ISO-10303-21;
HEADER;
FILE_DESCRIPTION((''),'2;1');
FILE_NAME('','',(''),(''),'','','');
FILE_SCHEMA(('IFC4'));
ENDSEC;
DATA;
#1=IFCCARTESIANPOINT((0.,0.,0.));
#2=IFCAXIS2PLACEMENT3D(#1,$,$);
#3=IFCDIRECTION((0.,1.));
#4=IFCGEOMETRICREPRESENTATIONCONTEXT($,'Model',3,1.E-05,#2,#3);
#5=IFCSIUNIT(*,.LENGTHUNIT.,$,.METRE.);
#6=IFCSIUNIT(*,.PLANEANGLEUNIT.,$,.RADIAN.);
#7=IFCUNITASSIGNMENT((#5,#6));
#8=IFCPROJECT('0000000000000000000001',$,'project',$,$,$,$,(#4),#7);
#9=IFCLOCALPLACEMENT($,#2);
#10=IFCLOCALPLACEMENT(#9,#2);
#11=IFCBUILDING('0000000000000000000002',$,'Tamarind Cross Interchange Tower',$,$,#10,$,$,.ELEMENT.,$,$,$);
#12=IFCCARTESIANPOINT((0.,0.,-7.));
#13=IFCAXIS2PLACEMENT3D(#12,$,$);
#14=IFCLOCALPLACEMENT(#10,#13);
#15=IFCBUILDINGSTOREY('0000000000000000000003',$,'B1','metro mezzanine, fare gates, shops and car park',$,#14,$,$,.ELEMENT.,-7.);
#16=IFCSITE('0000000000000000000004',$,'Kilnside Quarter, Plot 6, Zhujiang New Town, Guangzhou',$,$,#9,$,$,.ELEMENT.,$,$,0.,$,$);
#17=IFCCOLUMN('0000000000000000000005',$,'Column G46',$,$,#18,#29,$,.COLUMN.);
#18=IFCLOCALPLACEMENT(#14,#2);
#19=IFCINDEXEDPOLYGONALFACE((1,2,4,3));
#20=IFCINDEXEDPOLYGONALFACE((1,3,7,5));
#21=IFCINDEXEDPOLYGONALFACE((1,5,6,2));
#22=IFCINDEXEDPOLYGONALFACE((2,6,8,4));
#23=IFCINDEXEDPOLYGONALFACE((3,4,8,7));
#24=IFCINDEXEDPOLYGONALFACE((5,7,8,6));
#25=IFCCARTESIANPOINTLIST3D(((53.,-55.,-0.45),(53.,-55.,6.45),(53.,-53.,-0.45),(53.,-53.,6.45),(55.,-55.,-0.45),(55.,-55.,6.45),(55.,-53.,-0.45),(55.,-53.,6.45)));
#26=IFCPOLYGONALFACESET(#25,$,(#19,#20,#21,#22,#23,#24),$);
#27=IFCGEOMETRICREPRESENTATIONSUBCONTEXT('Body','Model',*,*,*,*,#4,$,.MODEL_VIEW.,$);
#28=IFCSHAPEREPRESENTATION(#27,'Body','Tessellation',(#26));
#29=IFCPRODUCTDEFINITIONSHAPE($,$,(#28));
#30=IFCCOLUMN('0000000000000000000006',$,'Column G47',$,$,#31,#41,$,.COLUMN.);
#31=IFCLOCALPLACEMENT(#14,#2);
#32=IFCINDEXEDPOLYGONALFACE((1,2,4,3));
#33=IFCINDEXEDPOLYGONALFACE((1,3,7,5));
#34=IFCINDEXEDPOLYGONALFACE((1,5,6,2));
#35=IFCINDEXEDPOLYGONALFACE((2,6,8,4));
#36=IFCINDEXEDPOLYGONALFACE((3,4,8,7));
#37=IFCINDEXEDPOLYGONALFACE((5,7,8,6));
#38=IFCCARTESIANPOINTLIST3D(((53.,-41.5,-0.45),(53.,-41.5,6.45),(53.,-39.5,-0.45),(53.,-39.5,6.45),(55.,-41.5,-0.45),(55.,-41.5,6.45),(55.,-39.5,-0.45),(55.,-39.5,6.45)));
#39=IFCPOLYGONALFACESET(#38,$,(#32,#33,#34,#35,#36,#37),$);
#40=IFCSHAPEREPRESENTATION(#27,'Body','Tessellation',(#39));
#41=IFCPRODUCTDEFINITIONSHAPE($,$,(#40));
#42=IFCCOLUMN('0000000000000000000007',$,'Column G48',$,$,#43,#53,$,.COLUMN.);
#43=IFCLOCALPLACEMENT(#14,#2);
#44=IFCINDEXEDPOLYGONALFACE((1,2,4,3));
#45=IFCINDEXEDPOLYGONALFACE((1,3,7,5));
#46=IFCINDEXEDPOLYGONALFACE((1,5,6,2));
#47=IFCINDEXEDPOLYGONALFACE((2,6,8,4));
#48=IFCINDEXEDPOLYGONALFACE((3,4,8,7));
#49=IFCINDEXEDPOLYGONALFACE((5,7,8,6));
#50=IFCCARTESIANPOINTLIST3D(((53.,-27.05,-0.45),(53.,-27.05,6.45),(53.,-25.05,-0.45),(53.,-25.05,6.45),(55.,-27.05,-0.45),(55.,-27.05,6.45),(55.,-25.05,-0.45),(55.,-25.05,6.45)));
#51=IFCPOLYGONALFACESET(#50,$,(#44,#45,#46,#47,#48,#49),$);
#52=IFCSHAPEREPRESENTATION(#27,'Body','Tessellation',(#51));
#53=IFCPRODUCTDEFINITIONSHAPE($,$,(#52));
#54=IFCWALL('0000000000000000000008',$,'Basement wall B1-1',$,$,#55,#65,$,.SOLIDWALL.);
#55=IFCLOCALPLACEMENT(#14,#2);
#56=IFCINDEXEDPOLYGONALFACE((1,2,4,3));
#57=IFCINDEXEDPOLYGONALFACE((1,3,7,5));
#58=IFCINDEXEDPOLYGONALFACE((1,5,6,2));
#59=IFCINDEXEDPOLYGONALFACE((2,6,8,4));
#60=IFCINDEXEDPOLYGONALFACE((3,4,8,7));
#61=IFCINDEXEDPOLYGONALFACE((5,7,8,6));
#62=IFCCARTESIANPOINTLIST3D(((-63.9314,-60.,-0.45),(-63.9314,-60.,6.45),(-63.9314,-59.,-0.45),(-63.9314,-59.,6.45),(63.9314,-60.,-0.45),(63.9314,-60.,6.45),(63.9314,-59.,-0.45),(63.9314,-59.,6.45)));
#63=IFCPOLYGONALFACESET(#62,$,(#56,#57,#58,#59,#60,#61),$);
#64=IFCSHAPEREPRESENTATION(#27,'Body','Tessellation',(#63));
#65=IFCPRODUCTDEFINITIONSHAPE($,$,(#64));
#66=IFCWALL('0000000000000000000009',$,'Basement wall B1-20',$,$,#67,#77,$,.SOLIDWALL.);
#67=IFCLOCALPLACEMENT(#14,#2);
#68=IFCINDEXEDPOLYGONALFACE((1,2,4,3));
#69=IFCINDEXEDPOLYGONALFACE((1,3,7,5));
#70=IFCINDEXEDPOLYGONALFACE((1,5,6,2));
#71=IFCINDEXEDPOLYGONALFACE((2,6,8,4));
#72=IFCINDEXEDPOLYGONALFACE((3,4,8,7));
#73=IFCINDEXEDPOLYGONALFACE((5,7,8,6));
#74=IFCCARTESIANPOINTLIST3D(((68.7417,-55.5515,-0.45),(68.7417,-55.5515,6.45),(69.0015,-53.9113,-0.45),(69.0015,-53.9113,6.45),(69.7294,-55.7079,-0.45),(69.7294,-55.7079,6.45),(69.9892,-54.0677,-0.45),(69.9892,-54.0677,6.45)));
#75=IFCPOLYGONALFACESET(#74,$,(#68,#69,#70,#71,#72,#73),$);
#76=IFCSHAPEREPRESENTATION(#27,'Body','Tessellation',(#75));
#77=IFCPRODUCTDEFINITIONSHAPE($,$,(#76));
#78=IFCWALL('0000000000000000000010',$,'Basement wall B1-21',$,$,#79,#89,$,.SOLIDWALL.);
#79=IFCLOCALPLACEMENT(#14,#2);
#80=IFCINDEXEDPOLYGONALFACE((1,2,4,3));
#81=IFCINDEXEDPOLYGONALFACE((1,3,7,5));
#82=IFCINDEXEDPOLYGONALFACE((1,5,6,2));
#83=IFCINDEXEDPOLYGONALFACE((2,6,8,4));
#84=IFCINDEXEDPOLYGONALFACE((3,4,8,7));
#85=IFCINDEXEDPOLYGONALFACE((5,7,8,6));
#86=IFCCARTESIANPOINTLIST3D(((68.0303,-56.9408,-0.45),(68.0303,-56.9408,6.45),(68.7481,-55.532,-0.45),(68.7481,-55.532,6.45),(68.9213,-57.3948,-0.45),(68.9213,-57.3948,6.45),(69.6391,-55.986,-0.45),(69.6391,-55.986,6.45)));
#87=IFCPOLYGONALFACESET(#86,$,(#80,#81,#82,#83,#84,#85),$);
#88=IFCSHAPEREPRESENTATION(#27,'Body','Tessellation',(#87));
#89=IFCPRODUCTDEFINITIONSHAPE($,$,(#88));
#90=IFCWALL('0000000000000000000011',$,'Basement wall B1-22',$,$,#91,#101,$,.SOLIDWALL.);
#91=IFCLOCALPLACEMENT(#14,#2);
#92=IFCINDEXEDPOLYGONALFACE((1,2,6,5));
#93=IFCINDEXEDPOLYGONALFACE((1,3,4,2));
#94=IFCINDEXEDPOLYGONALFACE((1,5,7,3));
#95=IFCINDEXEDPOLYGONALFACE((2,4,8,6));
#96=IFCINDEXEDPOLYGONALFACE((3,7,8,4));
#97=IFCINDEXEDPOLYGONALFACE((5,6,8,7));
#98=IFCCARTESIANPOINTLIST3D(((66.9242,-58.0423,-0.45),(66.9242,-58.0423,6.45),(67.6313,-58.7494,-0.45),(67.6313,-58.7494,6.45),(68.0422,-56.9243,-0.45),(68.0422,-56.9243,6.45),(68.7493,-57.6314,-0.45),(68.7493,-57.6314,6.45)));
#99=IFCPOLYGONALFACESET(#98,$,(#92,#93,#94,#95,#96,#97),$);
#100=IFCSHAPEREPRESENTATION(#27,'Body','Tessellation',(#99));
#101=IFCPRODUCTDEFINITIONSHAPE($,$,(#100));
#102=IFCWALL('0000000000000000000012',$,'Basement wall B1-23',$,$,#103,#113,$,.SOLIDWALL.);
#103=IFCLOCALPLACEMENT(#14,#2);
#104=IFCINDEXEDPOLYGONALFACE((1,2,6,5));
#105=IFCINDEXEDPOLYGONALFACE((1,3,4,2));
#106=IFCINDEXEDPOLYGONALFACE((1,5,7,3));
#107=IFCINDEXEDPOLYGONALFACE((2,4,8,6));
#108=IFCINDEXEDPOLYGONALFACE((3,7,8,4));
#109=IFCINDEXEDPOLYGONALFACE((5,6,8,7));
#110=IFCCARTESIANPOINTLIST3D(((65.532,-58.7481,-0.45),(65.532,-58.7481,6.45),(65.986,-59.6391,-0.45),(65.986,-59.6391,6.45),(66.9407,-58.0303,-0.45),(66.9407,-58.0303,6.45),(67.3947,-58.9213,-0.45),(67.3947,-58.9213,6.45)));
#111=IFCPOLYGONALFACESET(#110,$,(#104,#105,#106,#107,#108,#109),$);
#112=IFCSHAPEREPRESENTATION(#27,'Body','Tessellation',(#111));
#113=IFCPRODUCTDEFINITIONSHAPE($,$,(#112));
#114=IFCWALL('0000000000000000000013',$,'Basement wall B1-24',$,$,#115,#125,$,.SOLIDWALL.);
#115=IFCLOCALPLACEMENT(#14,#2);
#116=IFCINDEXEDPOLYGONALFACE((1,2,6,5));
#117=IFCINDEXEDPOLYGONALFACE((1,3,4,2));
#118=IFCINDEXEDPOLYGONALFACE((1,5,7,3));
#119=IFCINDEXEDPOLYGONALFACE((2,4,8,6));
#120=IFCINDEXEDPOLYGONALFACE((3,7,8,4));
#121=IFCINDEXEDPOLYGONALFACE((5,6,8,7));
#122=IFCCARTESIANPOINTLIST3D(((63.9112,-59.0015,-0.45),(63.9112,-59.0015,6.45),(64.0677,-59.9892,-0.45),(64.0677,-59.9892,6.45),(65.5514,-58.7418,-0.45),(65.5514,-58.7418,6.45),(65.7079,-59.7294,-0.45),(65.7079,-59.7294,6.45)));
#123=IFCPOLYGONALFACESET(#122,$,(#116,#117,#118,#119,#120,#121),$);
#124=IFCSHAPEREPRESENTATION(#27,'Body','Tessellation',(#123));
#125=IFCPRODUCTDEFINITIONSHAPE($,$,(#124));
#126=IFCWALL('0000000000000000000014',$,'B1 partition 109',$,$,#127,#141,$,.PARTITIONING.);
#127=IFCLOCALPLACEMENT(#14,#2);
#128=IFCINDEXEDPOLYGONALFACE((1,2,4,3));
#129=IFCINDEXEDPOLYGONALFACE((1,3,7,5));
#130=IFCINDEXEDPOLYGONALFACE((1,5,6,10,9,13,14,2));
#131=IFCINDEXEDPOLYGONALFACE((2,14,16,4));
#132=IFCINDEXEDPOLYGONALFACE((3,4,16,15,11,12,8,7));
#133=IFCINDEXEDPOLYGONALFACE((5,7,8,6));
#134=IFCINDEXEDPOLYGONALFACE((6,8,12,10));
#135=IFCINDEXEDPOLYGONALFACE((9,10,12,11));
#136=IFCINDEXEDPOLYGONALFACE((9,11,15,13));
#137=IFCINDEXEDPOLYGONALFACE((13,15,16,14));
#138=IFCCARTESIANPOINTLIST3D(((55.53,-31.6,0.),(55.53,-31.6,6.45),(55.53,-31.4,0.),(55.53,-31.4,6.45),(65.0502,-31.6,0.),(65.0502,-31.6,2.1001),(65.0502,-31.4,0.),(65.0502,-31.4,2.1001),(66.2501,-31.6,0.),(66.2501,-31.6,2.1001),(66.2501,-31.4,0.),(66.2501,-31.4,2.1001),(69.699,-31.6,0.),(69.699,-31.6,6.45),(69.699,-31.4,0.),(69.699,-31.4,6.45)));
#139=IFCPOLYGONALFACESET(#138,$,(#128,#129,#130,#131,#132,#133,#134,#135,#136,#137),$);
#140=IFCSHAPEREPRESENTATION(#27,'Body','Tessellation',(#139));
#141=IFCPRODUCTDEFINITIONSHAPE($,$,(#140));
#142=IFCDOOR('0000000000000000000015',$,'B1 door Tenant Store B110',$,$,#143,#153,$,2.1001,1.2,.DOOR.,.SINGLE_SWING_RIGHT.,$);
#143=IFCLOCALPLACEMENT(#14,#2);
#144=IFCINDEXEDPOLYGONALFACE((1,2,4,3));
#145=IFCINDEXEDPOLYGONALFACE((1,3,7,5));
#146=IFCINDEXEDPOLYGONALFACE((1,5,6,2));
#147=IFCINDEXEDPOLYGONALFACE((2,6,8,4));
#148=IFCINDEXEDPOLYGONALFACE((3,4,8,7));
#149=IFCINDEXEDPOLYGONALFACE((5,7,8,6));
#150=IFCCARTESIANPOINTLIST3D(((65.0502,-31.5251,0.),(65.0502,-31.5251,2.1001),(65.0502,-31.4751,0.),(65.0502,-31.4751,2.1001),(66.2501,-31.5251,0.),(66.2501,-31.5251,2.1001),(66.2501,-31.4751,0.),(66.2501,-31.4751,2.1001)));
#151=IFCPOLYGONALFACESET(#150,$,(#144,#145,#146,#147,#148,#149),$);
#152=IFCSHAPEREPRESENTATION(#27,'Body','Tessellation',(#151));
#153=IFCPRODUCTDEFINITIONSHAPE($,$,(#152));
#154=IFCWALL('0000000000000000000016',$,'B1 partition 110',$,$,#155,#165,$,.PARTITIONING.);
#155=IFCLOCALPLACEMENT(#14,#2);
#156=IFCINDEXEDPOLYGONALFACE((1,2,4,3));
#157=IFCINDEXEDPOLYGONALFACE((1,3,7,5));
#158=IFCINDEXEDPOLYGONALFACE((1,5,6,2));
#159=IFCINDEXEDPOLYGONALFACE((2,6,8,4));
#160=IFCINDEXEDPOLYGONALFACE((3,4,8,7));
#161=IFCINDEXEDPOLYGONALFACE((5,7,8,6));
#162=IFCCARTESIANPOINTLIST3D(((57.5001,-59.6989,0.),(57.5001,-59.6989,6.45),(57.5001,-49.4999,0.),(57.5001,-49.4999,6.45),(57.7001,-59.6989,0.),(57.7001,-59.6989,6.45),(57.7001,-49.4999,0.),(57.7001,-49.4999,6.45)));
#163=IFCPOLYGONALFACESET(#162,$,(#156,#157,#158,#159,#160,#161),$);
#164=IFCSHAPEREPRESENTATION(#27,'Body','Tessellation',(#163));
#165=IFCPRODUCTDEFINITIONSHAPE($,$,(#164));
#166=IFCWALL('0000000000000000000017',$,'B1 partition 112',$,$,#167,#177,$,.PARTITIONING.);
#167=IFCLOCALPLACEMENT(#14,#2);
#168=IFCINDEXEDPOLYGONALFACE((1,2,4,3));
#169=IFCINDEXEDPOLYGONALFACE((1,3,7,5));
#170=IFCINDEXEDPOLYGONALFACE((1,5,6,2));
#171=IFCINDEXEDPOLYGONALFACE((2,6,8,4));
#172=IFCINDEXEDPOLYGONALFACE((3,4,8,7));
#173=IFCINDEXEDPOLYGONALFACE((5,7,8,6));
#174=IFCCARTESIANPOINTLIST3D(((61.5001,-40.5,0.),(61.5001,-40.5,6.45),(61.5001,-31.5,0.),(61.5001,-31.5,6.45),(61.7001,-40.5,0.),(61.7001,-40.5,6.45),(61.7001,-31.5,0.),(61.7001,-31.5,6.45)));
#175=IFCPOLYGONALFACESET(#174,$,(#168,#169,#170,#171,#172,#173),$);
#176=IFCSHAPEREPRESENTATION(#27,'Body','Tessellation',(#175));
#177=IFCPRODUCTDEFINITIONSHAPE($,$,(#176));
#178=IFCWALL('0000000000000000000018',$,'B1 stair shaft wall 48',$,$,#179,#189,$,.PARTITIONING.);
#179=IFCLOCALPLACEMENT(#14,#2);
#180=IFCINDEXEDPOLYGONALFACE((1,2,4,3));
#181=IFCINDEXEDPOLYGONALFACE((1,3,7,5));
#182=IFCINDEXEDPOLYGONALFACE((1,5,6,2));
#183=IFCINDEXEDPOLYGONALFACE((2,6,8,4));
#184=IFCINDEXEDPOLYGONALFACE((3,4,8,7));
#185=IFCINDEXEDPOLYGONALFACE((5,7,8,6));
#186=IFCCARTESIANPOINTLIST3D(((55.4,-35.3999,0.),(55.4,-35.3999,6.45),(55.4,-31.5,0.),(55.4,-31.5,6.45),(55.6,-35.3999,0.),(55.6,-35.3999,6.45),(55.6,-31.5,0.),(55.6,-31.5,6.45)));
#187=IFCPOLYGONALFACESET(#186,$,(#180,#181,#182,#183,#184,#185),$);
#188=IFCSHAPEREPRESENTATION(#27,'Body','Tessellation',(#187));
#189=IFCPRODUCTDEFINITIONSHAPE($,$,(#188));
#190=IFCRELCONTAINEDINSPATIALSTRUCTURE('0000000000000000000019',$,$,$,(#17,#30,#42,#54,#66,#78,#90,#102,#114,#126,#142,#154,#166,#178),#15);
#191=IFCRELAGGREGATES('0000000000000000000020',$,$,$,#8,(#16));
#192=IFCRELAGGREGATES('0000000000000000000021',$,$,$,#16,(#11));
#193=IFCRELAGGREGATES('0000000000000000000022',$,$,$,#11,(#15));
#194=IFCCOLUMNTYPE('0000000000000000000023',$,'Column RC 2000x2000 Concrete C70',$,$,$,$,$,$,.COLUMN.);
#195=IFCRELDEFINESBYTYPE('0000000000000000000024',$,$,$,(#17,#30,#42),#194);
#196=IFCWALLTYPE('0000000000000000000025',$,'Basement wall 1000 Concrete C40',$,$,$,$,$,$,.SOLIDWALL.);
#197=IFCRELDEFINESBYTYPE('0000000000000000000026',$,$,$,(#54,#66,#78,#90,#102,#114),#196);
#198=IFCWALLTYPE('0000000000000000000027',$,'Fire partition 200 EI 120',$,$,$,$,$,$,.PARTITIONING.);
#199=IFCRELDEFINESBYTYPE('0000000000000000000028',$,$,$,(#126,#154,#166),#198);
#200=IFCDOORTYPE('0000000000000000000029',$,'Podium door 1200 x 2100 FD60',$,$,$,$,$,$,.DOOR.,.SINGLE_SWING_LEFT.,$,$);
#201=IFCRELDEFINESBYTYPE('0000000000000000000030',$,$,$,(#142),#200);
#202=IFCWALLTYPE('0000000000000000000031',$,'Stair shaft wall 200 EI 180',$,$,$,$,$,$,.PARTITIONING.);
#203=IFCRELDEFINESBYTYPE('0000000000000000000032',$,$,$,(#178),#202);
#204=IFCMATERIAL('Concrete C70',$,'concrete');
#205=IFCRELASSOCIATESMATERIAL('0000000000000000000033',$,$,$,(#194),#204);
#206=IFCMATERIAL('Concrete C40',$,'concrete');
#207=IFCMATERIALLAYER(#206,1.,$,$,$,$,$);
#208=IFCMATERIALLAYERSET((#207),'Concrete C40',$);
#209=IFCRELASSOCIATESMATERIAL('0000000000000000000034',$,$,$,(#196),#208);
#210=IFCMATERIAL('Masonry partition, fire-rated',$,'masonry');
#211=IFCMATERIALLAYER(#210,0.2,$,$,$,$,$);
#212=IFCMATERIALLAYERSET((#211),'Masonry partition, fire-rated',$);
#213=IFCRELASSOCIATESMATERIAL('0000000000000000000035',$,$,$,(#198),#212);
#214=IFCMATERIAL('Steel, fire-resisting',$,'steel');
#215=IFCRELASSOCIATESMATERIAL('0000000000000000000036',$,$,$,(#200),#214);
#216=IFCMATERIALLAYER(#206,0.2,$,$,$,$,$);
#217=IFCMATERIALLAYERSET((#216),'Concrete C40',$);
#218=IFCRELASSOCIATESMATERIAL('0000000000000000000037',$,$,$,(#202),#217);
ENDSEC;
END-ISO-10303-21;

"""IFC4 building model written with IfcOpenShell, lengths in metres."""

from ifc_helpers import new_model, si_unit, direction, frame, frame_2d, origin, origin_2d, place, context, subcontext, project, spatial, rectangle, extrude, material, layer, layer_set, material_profile, profile_set, type_object, element, fill, save


model = new_model("IFC4")

# Units and contexts
model_context = context("Model", 3, precision=1e-05, world=origin(), true_north=direction((0.0, 1.0)))
body_context = subcontext(model_context, "Body", "Model", "MODEL_VIEW")
ifc_project = project(units=[si_unit("LENGTHUNIT", "METRE"), si_unit("PLANEANGLEUNIT", "RADIAN")], contexts=[model_context])

# Site, building, storey
site_placement = place(None, origin())
site = spatial("IfcSite", under=ifc_project, at=site_placement, Name="Kilnside Quarter, Plot 6, Zhujiang New Town, Guangzhou", CompositionType="ELEMENT", RefElevation=0.0)
building_placement = place(site_placement, origin())
building = spatial("IfcBuilding", under=site, at=building_placement, Name="Tamarind Cross Interchange Tower", CompositionType="ELEMENT")
storey_placement = place(building_placement, frame((0.0, 0.0, -7.0)))
storey = spatial("IfcBuildingStorey", under=building, at=storey_placement, Name="B1", Description="metro mezzanine, fare gates, shops and car park", CompositionType="ELEMENT", Elevation=-7.0)

# Columns
ifc_material_1 = material(Name="Concrete C70", Category="concrete")
ifc_material_profile = material_profile(ifc_material_1, rectangle(XDim=2.0, YDim=2.0, at=origin_2d()), Name="RC 2000x2000")
ifc_profile_set = profile_set([ifc_material_profile], Name="Concrete C70")
column_type = type_object("IfcColumnType", Name="Column RC 2000x2000 Concrete C70", PredefinedType="COLUMN", material=ifc_profile_set)
for number, where, z_axis, x_axis, name in (
    (1, (54.0, -54.0, -0.45), (0.0, 0.0, 1.0), (1.0, 0.0, 0.0), "Column G46"),
    (2, (54.0, -40.5, -0.45), (0.0, 0.0, 1.0), (1.0, 0.0, 0.0), "Column G47"),
    (3, (54.0, -26.05, -0.45), (0.0, 0.0, 1.0), (1.0, 0.0, 0.0), "Column G48"),
):
    element("IfcColumn", number, at=place(storey_placement, frame(where, z_axis=z_axis, x_axis=x_axis)), inside=storey, type_object=column_type, Name=name, PredefinedType="COLUMN", context=body_context, shape_type="SweptSolid", body=[
        extrude(rectangle(XDim=2.0, YDim=2.0, at=origin_2d()), origin(), (0.0, 0.0, 1.0), 6.8999),
    ])

# Walls
ifc_material_2 = material(Name="Concrete C40", Category="concrete")
ifc_layer_1 = layer(ifc_material_2, 1.0)
ifc_layer_set_1 = layer_set([ifc_layer_1], Name="Concrete C40")
wall_type_1 = type_object("IfcWallType", Name="Basement wall 1000 Concrete C40", PredefinedType="SOLIDWALL", material=ifc_layer_set_1)
wall_1_placement = place(storey_placement, frame((63.9314, -59.5, -0.45), z_axis=(0.0, 0.0, 1.0), x_axis=(-1.0, 0.0, 0.0)))
element("IfcWall", 4, at=wall_1_placement, inside=storey, type_object=wall_type_1, Name="Basement wall B1-1", PredefinedType="SOLIDWALL", context=body_context, shape_type="SweptSolid", body=[
    extrude(rectangle(XDim=127.8628, YDim=1.0, at=frame_2d((63.9314, 0.0))), origin(), (0.0, 0.0, 1.0), 6.8999),
])
wall_2_placement = place(storey_placement, frame((69.4954, -53.9895, -0.45), z_axis=(0.0, 0.0, 1.0), x_axis=(-0.156431, -0.987689, 0.0)))
element("IfcWall", 5, at=wall_2_placement, inside=storey, type_object=wall_type_1, Name="Basement wall B1-20", PredefinedType="SOLIDWALL", context=body_context, shape_type="SweptSolid", body=[
    extrude(rectangle(XDim=1.6606, YDim=1.0, at=frame_2d((0.8303, 0.0))), origin(), (0.0, 0.0, 1.0), 6.8999),
])
for number, where, z_axis, x_axis, name in (
    (6, (69.1936, -55.759, -0.45), (0.0, 0.0, 1.0), (-0.453995, -0.891004, 0.0), "Basement wall B1-21"),
    (7, (68.3958, -57.2778, -0.45), (0.0, 0.0, 1.0), (-0.707107, -0.707107, 0.0), "Basement wall B1-22"),
    (8, (67.1677, -58.4758, -0.45), (0.0, 0.0, 1.0), (-0.891004, -0.453995, 0.0), "Basement wall B1-23"),
):
    element("IfcWall", number, at=place(storey_placement, frame(where, z_axis=z_axis, x_axis=x_axis)), inside=storey, type_object=wall_type_1, Name=name, PredefinedType="SOLIDWALL", context=body_context, shape_type="SweptSolid", body=[
        extrude(rectangle(XDim=1.5811, YDim=1.0, at=frame_2d((0.7905, 0.0))), origin(), (0.0, 0.0, 1.0), 6.8999),
    ])
wall_3_placement = place(storey_placement, frame((65.6296, -59.2356, -0.45), z_axis=(0.0, 0.0, 1.0), x_axis=(-0.987689, -0.156431, 0.0)))
element("IfcWall", 9, at=wall_3_placement, inside=storey, type_object=wall_type_1, Name="Basement wall B1-24", PredefinedType="SOLIDWALL", context=body_context, shape_type="SweptSolid", body=[
    extrude(rectangle(XDim=1.6606, YDim=1.0, at=frame_2d((0.8303, 0.0))), origin(), (0.0, 0.0, 1.0), 6.8999),
])

# Wall, opening, door
ifc_material_3 = material(Name="Masonry partition, fire-rated", Category="masonry")
ifc_layer_2 = layer(ifc_material_3, 0.2)
ifc_layer_set_2 = layer_set([ifc_layer_2], Name="Masonry partition, fire-rated")
wall_type_2 = type_object("IfcWallType", Name="Fire partition 200 EI 120", PredefinedType="PARTITIONING", material=ifc_layer_set_2)
wall_4_placement = place(storey_placement, frame((55.53, -31.5, 0.0), z_axis=(0.0, 0.0, 1.0), x_axis=(1.0, 0.0, 0.0)))
wall_4 = element("IfcWall", 10, at=wall_4_placement, inside=storey, type_object=wall_type_2, Name="B1 partition 109", PredefinedType="PARTITIONING", context=body_context, shape_type="SweptSolid", body=[
    extrude(rectangle(XDim=14.1689, YDim=0.2, at=frame_2d((7.0845, 0.0))), origin(), (0.0, 0.0, 1.0), 6.45),
])
opening_1_placement = place(wall_4_placement, frame((9.52, 0.0, 0.0)))
opening_1 = element("IfcOpeningElement", 11, at=opening_1_placement, cuts=wall_4, PredefinedType="OPENING", context=body_context, shape_type="SweptSolid", body=[
    extrude(rectangle(XDim=1.2, YDim=2.1001, at=frame_2d((0.6001, 1.05))), frame((0.0, 0.1099, 0.0), z_axis=(0.0, -1.0, 0.0), x_axis=(1.0, 0.0, 0.0)), (0.0, 0.0, 1.0), 0.22),
])
ifc_material_4 = material(Name="Steel, fire-resisting", Category="steel")
door_type_1 = type_object("IfcDoorType", Name="Podium door 1200 x 2100 FD60", OperationType="SINGLE_SWING_LEFT", PredefinedType="DOOR", material=ifc_material_4)
door_1_placement = place(opening_1_placement, origin())
door_1 = element("IfcDoor", 12, at=door_1_placement, inside=storey, type_object=door_type_1, Name="B1 door Tenant Store B110", OperationType="SINGLE_SWING_RIGHT", OverallHeight=2.1001, OverallWidth=1.2, PredefinedType="DOOR", context=body_context, shape_type="SweptSolid", body=[
    extrude(rectangle(XDim=1.2, YDim=2.1001, at=frame_2d((0.6001, 1.05))), frame((0.0, 0.0249, 0.0), z_axis=(0.0, -1.0, 0.0), x_axis=(1.0, 0.0, 0.0)), (0.0, 0.0, 1.0), 0.05),
])
fill(opening_1, door_1)

# Walls
wall_5_placement = place(storey_placement, frame((57.6001, -59.699, 0.0), z_axis=(0.0, 0.0, 1.0), x_axis=(0.0, 1.0, 0.0)))
element("IfcWall", 13, at=wall_5_placement, inside=storey, type_object=wall_type_2, Name="B1 partition 110", PredefinedType="PARTITIONING", context=body_context, shape_type="SweptSolid", body=[
    extrude(rectangle(XDim=10.199, YDim=0.2, at=frame_2d((5.0996, 0.0))), origin(), (0.0, 0.0, 1.0), 6.45),
])
wall_6_placement = place(storey_placement, frame((61.6001, -40.5, 0.0), z_axis=(0.0, 0.0, 1.0), x_axis=(0.0, 1.0, 0.0)))
element("IfcWall", 14, at=wall_6_placement, inside=storey, type_object=wall_type_2, Name="B1 partition 112", PredefinedType="PARTITIONING", context=body_context, shape_type="SweptSolid", body=[
    extrude(rectangle(XDim=9.0, YDim=0.2, at=frame_2d((4.5, 0.0))), origin(), (0.0, 0.0, 1.0), 6.45),
])
ifc_layer_3 = layer(ifc_material_2, 0.2)
ifc_layer_set_3 = layer_set([ifc_layer_3], Name="Concrete C40")
wall_type_3 = type_object("IfcWallType", Name="Stair shaft wall 200 EI 180", PredefinedType="PARTITIONING", material=ifc_layer_set_3)
wall_7_placement = place(storey_placement, frame((55.5, -35.3999, 0.0), z_axis=(0.0, 0.0, 1.0), x_axis=(0.0, 1.0, 0.0)))
element("IfcWall", 15, at=wall_7_placement, inside=storey, type_object=wall_type_3, Name="B1 stair shaft wall 48", PredefinedType="PARTITIONING", context=body_context, shape_type="SweptSolid", body=[
    extrude(rectangle(XDim=3.8999, YDim=0.2, at=frame_2d((1.95, 0.0))), origin(), (0.0, 0.0, 1.0), 6.45),
])

save(model, "model.ifc")
